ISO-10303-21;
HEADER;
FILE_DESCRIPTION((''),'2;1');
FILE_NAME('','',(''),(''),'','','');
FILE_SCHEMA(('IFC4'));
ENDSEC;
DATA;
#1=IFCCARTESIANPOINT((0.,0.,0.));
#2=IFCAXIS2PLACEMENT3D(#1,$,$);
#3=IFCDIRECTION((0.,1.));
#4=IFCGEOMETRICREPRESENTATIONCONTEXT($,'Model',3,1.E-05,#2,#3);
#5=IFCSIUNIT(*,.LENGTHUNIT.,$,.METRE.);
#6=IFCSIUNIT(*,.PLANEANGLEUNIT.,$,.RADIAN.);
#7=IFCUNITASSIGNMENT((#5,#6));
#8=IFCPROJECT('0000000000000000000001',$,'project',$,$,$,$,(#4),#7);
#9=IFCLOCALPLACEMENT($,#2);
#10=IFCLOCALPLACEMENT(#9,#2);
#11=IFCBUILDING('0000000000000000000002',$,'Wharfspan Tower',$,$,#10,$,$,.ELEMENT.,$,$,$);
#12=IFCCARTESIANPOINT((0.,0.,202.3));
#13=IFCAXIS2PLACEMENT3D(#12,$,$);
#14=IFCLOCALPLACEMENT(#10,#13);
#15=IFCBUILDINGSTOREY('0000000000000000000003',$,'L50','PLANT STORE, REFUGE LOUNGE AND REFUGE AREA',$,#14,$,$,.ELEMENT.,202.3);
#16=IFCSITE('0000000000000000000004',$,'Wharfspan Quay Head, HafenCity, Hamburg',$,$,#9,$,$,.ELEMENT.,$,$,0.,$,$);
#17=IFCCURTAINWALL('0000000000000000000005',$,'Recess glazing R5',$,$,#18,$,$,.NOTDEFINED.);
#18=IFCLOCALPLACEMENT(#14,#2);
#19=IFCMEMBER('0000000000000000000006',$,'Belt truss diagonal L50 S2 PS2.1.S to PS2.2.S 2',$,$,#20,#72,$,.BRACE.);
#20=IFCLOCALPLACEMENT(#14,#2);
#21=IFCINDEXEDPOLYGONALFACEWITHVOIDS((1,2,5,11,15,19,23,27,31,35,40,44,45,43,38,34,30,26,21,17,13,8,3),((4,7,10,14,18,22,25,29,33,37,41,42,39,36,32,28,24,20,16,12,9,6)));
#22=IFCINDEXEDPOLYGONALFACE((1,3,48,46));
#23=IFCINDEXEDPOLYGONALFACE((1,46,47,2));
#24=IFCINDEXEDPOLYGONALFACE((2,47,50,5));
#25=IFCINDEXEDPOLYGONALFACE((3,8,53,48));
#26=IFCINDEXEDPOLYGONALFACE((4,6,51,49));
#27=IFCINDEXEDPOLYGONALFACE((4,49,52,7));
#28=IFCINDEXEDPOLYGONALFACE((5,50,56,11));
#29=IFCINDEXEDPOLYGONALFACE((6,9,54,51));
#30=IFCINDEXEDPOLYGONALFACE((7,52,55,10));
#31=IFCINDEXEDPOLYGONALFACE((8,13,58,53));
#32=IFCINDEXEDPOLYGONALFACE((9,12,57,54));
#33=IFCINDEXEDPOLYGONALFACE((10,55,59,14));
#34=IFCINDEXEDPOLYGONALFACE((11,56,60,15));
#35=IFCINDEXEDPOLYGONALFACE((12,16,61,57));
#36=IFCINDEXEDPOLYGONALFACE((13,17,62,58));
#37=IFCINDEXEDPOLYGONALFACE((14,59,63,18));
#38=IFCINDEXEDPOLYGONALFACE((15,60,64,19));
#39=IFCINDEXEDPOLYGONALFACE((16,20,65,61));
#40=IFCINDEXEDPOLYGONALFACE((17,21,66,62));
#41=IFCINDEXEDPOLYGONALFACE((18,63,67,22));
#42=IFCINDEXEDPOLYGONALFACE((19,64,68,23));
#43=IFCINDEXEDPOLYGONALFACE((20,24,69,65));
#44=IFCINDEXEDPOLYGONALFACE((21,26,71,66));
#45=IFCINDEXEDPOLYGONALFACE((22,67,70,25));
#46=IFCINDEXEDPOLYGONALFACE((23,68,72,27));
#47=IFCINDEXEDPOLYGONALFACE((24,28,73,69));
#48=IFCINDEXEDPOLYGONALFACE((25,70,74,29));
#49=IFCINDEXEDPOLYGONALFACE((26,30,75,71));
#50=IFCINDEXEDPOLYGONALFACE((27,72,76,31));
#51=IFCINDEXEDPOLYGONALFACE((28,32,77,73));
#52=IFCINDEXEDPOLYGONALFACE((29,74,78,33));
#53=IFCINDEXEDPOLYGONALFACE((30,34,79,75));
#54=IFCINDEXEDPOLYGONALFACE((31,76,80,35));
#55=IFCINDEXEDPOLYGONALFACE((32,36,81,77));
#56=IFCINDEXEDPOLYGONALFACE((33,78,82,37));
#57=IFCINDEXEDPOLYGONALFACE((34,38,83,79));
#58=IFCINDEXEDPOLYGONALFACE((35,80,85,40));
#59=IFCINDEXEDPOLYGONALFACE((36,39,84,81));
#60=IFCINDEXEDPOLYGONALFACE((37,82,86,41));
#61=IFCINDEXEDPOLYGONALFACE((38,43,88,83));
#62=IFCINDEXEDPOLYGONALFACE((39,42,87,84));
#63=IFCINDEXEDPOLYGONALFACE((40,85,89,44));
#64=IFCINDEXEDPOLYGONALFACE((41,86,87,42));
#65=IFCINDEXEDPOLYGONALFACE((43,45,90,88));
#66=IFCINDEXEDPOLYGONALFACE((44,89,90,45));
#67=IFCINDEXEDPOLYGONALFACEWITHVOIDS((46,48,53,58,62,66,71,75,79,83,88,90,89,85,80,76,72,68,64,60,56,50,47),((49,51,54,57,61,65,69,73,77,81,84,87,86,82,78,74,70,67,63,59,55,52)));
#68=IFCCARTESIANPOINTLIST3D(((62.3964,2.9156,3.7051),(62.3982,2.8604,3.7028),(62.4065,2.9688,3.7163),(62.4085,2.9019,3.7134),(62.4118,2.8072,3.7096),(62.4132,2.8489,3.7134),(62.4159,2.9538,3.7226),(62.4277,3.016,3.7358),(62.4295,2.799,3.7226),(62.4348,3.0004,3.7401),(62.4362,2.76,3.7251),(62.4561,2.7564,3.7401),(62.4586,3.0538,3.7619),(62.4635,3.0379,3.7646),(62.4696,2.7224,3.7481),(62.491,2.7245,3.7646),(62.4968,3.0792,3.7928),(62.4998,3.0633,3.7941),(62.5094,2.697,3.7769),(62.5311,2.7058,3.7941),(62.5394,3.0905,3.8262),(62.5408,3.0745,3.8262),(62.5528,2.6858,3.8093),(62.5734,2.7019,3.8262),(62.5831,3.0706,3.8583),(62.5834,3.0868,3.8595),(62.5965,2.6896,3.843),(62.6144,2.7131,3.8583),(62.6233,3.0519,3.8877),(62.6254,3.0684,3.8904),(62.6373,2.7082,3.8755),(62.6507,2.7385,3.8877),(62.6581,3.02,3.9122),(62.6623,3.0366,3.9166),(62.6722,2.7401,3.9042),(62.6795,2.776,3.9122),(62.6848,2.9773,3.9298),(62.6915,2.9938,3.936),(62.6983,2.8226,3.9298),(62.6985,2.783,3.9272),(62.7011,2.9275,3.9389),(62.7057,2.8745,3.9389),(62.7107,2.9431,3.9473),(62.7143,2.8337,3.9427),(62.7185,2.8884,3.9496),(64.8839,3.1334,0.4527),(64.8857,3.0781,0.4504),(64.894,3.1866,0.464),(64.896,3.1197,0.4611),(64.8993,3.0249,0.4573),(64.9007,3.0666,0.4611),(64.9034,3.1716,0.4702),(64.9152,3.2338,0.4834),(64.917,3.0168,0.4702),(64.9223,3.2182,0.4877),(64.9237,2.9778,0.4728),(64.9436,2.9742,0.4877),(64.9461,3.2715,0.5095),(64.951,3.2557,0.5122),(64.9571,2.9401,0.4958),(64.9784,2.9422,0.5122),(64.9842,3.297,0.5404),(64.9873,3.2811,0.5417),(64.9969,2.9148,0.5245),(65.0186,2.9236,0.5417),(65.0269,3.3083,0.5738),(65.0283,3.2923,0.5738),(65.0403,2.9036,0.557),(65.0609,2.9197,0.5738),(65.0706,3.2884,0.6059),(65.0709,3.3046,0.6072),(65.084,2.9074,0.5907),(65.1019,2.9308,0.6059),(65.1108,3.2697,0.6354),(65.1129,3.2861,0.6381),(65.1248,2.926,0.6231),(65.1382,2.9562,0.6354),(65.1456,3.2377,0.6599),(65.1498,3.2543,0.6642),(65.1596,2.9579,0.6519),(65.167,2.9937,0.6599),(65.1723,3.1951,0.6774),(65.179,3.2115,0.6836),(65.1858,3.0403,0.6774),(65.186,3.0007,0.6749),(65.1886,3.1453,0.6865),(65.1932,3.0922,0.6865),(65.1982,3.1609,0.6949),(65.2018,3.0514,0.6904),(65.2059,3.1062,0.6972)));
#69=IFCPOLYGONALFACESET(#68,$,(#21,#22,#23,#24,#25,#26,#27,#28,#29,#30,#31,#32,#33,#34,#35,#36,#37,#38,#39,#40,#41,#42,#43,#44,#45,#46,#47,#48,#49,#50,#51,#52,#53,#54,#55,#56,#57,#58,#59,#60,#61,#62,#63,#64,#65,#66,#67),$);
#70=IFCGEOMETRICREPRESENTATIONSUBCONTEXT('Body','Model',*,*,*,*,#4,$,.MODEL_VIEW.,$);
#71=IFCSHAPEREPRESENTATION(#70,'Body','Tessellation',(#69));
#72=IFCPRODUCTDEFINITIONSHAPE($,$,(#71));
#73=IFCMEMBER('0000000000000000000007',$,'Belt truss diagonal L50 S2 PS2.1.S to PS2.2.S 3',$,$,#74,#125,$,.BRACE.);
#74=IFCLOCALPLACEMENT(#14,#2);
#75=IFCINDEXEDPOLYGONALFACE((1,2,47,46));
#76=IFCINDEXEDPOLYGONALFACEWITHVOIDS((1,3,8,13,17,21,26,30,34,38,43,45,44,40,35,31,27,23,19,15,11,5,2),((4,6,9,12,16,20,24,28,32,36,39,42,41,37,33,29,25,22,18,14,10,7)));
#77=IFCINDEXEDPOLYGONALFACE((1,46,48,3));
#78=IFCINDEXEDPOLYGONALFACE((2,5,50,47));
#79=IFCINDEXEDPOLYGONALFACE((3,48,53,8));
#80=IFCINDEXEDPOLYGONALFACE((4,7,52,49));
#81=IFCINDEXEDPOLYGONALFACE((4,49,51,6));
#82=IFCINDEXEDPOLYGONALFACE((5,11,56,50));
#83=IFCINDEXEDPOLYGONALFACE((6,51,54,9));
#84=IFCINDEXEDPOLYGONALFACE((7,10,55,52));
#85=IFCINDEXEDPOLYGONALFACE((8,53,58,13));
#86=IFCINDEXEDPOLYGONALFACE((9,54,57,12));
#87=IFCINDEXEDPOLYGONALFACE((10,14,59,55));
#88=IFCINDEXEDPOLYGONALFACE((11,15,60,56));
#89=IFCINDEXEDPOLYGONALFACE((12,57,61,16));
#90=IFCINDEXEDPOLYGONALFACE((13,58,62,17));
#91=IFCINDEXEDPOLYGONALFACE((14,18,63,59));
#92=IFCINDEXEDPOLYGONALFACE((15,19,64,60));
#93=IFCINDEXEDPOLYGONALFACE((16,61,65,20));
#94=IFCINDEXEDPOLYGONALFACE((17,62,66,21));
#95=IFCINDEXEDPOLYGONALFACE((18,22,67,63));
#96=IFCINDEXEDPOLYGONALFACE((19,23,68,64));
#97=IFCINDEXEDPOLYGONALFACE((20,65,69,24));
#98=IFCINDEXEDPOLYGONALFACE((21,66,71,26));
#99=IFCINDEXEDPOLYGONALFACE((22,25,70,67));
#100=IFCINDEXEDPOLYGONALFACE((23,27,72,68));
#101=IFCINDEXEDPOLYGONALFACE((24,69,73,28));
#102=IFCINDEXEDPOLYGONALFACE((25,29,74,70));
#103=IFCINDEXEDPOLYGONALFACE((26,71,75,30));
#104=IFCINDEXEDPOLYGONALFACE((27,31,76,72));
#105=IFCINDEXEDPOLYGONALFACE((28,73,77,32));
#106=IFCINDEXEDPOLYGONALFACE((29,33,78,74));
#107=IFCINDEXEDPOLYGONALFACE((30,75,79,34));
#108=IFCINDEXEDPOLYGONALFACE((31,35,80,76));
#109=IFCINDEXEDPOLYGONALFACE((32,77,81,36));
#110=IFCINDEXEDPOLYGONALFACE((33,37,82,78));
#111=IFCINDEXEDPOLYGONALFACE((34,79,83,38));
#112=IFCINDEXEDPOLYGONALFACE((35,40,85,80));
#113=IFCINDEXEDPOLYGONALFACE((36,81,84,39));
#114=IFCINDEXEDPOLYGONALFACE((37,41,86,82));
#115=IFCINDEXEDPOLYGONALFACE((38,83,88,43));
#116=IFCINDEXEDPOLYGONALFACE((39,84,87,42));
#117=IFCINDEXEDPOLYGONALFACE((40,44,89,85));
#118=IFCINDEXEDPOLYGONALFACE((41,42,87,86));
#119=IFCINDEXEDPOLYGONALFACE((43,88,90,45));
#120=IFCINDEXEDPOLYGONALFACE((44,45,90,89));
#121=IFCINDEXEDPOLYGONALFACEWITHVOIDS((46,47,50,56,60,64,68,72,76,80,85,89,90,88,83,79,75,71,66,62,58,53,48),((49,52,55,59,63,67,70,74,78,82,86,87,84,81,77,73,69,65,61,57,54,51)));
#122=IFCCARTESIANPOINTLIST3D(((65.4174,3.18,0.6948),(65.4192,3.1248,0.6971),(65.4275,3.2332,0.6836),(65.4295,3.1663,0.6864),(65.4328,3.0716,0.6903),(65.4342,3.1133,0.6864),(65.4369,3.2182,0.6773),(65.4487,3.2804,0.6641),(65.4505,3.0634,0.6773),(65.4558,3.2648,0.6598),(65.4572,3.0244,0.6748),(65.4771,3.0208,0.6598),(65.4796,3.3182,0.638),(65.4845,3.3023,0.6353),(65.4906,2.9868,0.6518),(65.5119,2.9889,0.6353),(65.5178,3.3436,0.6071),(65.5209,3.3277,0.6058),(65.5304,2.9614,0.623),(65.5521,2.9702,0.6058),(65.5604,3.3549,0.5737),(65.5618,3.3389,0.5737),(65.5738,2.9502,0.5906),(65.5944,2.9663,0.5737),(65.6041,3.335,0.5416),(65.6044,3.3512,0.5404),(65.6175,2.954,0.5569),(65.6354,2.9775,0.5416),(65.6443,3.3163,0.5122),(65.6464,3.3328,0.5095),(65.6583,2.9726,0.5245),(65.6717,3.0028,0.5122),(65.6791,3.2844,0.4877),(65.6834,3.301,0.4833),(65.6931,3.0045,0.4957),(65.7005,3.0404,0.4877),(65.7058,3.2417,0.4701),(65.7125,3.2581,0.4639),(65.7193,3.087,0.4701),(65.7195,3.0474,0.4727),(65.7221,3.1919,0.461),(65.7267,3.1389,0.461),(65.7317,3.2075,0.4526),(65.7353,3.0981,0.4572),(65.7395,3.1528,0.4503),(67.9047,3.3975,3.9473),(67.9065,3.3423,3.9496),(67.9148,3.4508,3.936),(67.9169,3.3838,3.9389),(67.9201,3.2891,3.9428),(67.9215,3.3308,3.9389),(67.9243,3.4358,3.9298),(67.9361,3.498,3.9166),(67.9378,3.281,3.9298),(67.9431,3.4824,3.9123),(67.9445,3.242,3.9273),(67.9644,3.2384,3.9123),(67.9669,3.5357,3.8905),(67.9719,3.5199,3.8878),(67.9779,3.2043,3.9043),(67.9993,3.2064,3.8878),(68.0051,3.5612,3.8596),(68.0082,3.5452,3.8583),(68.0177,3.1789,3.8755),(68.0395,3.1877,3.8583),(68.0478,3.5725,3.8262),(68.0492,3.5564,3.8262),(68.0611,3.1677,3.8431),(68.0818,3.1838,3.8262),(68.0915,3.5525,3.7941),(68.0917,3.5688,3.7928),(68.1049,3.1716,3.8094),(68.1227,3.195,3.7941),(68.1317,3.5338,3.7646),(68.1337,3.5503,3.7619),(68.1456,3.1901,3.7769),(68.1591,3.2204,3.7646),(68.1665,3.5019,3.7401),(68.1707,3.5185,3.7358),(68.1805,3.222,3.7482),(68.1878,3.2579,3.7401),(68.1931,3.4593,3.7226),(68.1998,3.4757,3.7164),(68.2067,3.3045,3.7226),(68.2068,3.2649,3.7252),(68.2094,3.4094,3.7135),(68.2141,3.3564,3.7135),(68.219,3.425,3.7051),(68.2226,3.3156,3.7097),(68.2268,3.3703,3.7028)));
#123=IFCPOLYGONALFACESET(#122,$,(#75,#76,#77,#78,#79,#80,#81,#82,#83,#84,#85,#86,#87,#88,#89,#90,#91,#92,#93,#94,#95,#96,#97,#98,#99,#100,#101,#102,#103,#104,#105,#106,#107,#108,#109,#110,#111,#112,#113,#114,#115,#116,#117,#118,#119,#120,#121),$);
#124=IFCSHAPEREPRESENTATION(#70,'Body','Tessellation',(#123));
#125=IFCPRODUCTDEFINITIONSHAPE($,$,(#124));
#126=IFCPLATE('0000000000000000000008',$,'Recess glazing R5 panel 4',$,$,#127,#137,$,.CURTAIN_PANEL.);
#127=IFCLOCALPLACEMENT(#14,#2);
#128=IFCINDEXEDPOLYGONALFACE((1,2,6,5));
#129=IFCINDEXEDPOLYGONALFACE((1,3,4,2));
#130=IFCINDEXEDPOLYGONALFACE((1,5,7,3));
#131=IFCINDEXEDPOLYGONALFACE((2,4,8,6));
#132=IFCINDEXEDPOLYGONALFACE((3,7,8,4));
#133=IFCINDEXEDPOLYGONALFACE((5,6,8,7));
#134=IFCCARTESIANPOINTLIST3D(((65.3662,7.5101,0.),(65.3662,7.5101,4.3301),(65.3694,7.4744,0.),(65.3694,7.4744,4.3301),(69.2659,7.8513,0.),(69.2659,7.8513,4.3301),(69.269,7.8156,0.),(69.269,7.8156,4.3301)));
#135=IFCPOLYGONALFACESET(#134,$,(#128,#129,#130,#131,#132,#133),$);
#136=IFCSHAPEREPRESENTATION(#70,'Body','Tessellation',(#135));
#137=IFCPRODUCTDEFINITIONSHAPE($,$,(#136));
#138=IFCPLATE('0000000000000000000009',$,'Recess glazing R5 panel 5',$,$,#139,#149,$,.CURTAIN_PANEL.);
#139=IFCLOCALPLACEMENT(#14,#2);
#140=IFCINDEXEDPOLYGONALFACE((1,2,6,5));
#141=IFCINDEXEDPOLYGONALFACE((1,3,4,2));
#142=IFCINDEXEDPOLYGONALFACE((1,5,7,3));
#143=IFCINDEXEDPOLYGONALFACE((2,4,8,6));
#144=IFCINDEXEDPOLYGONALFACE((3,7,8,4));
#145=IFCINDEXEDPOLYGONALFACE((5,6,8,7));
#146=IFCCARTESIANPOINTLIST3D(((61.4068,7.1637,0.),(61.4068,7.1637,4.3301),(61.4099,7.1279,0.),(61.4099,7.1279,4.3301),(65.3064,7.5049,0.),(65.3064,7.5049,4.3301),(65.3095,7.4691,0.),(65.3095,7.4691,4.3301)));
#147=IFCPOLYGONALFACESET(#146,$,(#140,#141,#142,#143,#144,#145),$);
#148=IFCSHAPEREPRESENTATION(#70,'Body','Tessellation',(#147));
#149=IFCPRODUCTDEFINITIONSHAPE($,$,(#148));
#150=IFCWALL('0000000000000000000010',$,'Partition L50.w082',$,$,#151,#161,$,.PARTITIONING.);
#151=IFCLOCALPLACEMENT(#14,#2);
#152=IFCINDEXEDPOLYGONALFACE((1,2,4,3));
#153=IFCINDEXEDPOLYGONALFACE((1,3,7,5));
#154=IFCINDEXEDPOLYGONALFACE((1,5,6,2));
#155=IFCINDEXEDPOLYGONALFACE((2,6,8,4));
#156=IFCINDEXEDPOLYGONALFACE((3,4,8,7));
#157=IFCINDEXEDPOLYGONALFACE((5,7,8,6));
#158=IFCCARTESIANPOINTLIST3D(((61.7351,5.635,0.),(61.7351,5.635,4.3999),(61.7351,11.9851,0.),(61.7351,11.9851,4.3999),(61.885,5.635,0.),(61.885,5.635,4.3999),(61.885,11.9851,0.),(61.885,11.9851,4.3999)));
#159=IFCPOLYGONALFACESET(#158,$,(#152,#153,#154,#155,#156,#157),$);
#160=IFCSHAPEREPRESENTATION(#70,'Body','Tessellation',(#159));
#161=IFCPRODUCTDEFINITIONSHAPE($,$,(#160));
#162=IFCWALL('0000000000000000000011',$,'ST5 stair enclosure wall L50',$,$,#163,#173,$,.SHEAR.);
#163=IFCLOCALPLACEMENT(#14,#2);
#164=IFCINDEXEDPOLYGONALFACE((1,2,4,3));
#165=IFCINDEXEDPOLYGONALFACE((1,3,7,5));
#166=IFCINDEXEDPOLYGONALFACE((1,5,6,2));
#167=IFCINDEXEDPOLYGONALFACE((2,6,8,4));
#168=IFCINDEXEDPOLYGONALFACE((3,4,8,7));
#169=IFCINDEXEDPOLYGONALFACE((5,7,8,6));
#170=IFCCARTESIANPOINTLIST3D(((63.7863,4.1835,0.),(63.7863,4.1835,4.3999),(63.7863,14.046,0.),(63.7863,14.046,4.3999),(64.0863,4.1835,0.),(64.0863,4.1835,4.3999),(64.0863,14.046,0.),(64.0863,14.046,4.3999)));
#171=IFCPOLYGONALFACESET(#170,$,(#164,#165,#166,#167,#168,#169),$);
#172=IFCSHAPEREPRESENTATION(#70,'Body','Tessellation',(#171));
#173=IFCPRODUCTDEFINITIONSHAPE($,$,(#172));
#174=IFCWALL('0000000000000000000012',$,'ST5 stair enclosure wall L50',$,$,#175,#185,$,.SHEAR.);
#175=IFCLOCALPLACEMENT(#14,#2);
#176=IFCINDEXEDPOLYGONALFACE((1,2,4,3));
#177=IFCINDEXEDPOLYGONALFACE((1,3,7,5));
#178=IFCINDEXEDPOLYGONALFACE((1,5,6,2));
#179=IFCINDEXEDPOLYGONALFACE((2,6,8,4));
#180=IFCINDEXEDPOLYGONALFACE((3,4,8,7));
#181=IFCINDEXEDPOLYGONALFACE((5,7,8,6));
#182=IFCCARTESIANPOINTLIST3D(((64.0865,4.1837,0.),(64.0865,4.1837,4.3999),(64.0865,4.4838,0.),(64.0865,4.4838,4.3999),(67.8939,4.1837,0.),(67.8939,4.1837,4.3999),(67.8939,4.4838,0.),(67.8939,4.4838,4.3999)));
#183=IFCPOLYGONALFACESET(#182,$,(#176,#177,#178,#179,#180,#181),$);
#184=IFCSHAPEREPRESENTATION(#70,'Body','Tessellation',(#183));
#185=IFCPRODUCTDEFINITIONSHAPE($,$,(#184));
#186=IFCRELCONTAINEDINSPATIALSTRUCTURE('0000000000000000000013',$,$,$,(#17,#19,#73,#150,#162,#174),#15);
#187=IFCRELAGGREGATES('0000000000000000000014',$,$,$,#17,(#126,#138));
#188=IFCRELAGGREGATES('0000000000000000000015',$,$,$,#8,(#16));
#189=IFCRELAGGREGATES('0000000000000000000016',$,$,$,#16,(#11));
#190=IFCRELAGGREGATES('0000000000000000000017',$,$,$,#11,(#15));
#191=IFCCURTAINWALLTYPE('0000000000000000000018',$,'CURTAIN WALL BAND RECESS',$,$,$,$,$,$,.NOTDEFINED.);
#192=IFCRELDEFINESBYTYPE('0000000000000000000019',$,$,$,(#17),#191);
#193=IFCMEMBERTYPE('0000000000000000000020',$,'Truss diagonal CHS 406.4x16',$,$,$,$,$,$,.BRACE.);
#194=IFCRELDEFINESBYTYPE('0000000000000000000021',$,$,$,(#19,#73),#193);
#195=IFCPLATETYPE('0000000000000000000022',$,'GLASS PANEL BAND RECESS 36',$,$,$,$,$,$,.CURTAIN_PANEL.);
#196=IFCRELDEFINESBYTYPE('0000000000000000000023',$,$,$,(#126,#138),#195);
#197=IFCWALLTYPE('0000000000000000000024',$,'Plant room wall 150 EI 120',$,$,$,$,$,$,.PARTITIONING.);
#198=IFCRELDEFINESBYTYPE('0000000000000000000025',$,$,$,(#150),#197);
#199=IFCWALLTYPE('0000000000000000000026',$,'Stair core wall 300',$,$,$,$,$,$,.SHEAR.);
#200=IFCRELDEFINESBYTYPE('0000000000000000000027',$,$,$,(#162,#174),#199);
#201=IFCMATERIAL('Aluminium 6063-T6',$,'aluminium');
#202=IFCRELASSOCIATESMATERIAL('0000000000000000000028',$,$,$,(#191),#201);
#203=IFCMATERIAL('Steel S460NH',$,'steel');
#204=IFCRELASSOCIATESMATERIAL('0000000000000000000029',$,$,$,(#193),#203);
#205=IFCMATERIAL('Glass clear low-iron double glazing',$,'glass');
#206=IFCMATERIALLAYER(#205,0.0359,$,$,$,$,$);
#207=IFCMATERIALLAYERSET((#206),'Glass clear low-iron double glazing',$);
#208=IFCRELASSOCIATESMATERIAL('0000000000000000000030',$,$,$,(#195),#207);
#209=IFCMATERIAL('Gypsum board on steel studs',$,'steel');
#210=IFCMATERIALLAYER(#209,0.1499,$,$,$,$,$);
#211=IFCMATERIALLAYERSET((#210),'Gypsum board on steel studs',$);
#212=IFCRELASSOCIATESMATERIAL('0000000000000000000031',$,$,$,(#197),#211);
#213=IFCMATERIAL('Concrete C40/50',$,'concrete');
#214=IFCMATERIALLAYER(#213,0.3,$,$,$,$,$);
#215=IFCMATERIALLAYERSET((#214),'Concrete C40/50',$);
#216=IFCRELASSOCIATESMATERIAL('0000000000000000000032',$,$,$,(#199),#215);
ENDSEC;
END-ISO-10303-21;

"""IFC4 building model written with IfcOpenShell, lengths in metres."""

from ifc_helpers import new_model, si_unit, direction, frame, frame_2d, origin, origin_2d, place, context, subcontext, project, spatial, rectangle, hollow_circle, extrude, material, layer, layer_set, material_profile, profile_set, type_object, element, aggregate, save


model = new_model("IFC4")

# Units and contexts
model_context = context("Model", 3, precision=1e-05, world=origin(), true_north=direction((0.0, 1.0)))
body_context = subcontext(model_context, "Body", "Model", "MODEL_VIEW")
ifc_project = project(units=[si_unit("LENGTHUNIT", "METRE"), si_unit("PLANEANGLEUNIT", "RADIAN")], contexts=[model_context])

# Site, building, storey
site_placement = place(None, origin())
site = spatial("IfcSite", under=ifc_project, at=site_placement, Name="Wharfspan Quay Head, HafenCity, Hamburg", CompositionType="ELEMENT", RefElevation=0.0)
building_placement = place(site_placement, origin())
building = spatial("IfcBuilding", under=site, at=building_placement, Name="Wharfspan Tower", CompositionType="ELEMENT")
storey_placement = place(building_placement, frame((0.0, 0.0, 202.3)))
storey = spatial("IfcBuildingStorey", under=building, at=storey_placement, Name="L50", Description="PLANT STORE, REFUGE LOUNGE AND REFUGE AREA", CompositionType="ELEMENT", Elevation=202.3)

# Curtain wall
ifc_material_1 = material(Name="Aluminium 6063-T6", Category="aluminium")
curtain_wall_type = type_object("IfcCurtainWallType", Name="CURTAIN WALL BAND RECESS", PredefinedType="NOTDEFINED", material=ifc_material_1)
curtain_wall_placement = place(storey_placement, origin())
curtain_wall = element("IfcCurtainWall", 1, at=curtain_wall_placement, inside=storey, type_object=curtain_wall_type, Name="Recess glazing R5", PredefinedType="NOTDEFINED")

# Members
ifc_material_2 = material(Name="Steel S460NH", Category="steel")
ifc_material_profile_1 = material_profile(ifc_material_2, hollow_circle(Radius=0.2031, WallThickness=0.0161, at=origin_2d()))
ifc_profile_set_1 = profile_set([ifc_material_profile_1], Name="Steel S460NH")
member_type_1 = type_object("IfcMemberType", Name="Truss diagonal CHS 406.4x16", PredefinedType="BRACE", material=ifc_profile_set_1)
for number, where, z_axis, x_axis, name in (
    (2, (62.5571, 2.8882, 3.8262), (0.606652, 0.05311, -0.793191), (-0.087214, 0.996192, -0.000001), "Belt truss diagonal L50 S2 PS2.1.S to PS2.2.S 2"),
    (3, (65.5781, 3.1526, 0.5737), (0.606617, 0.053052, 0.793222), (-0.087123, 0.996198, 0.0), "Belt truss diagonal L50 S2 PS2.1.S to PS2.2.S 3"),
):
    element("IfcMember", number, at=place(storey_placement, frame(where, z_axis=z_axis, x_axis=x_axis)), inside=storey, type_object=member_type_1, Name=name, PredefinedType="BRACE", context=body_context, shape_type="SweptSolid", body=[
        extrude(hollow_circle(Radius=0.2031, WallThickness=0.0161, at=origin_2d()), origin(), (0.0, 0.0, 1.0), 4.1003),
    ])

# Plates
ifc_material_3 = material(Name="Glass clear low-iron double glazing", Category="glass")
ifc_layer_1 = layer(ifc_material_3, 0.0359)
ifc_layer_set_1 = layer_set([ifc_layer_1], Name="Glass clear low-iron double glazing")
plate_type = type_object("IfcPlateType", Name="GLASS PANEL BAND RECESS 36", PredefinedType="CURTAIN_PANEL", material=ifc_layer_set_1)
plate_1_placement = place(storey_placement, frame((67.3176, 7.6628, 0.0), z_axis=(0.0, 0.0, 1.0), x_axis=(-0.996198, -0.087156, 0.0)))
plate_1 = element("IfcPlate", 4, at=plate_1_placement, type_object=plate_type, Name="Recess glazing R5 panel 4", PredefinedType="CURTAIN_PANEL", context=body_context, shape_type="SweptSolid", body=[
    extrude(rectangle(XDim=3.9146, YDim=0.0359, at=origin_2d()), origin(), (0.0, 0.0, 1.0), 4.3301),
])
plate_2_placement = place(storey_placement, frame((63.3582, 7.3164, 0.0), z_axis=(0.0, 0.0, 1.0), x_axis=(-0.996198, -0.087156, 0.0)))
plate_2 = element("IfcPlate", 5, at=plate_2_placement, type_object=plate_type, Name="Recess glazing R5 panel 5", PredefinedType="CURTAIN_PANEL", context=body_context, shape_type="SweptSolid", body=[
    extrude(rectangle(XDim=3.9146, YDim=0.0359, at=origin_2d()), origin(), (0.0, 0.0, 1.0), 4.3301),
])
aggregate(curtain_wall, [plate_1, plate_2])

# Walls
ifc_material_4 = material(Name="Gypsum board on steel studs", Category="steel")
ifc_layer_2 = layer(ifc_material_4, 0.1499)
ifc_layer_set_2 = layer_set([ifc_layer_2], Name="Gypsum board on steel studs")
wall_type_1 = type_object("IfcWallType", Name="Plant room wall 150 EI 120", PredefinedType="PARTITIONING", material=ifc_layer_set_2)
wall_1_placement = place(storey_placement, frame((61.8101, 5.635, 0.0), z_axis=(0.0, 0.0, 1.0), x_axis=(0.0, 1.0, 0.0)))
element("IfcWall", 6, at=wall_1_placement, inside=storey, type_object=wall_type_1, Name="Partition L50.w082", PredefinedType="PARTITIONING", context=body_context, shape_type="SweptSolid", body=[
    extrude(rectangle(XDim=6.3501, YDim=0.1499, at=frame_2d((3.175, 0.0))), origin(), (0.0, 0.0, 1.0), 4.3999),
])
ifc_material_5 = material(Name="Concrete C40/50", Category="concrete")
ifc_layer_3 = layer(ifc_material_5, 0.3)
ifc_layer_set_3 = layer_set([ifc_layer_3], Name="Concrete C40/50")
wall_type_2 = type_object("IfcWallType", Name="Stair core wall 300", PredefinedType="SHEAR", material=ifc_layer_set_3)
wall_2_placement = place(storey_placement, frame((63.9363, 4.1836, 0.0), z_axis=(0.0, 0.0, 1.0), x_axis=(0.0, 1.0, 0.0)))
element("IfcWall", 7, at=wall_2_placement, inside=storey, type_object=wall_type_2, Name="ST5 stair enclosure wall L50", PredefinedType="SHEAR", context=body_context, shape_type="SweptSolid", body=[
    extrude(rectangle(XDim=9.8625, YDim=0.3, at=frame_2d((4.9312, 0.0))), origin(), (0.0, 0.0, 1.0), 4.3999),
])
wall_3_placement = place(storey_placement, frame((64.0864, 4.3337, 0.0), z_axis=(0.0, 0.0, 1.0), x_axis=(1.0, 0.0, 0.0)))
element("IfcWall", 8, at=wall_3_placement, inside=storey, type_object=wall_type_2, Name="ST5 stair enclosure wall L50", PredefinedType="SHEAR", context=body_context, shape_type="SweptSolid", body=[
    extrude(rectangle(XDim=3.8074, YDim=0.3, at=frame_2d((1.9038, 0.0))), origin(), (0.0, 0.0, 1.0), 4.3999),
])

save(model, "model.ifc")
